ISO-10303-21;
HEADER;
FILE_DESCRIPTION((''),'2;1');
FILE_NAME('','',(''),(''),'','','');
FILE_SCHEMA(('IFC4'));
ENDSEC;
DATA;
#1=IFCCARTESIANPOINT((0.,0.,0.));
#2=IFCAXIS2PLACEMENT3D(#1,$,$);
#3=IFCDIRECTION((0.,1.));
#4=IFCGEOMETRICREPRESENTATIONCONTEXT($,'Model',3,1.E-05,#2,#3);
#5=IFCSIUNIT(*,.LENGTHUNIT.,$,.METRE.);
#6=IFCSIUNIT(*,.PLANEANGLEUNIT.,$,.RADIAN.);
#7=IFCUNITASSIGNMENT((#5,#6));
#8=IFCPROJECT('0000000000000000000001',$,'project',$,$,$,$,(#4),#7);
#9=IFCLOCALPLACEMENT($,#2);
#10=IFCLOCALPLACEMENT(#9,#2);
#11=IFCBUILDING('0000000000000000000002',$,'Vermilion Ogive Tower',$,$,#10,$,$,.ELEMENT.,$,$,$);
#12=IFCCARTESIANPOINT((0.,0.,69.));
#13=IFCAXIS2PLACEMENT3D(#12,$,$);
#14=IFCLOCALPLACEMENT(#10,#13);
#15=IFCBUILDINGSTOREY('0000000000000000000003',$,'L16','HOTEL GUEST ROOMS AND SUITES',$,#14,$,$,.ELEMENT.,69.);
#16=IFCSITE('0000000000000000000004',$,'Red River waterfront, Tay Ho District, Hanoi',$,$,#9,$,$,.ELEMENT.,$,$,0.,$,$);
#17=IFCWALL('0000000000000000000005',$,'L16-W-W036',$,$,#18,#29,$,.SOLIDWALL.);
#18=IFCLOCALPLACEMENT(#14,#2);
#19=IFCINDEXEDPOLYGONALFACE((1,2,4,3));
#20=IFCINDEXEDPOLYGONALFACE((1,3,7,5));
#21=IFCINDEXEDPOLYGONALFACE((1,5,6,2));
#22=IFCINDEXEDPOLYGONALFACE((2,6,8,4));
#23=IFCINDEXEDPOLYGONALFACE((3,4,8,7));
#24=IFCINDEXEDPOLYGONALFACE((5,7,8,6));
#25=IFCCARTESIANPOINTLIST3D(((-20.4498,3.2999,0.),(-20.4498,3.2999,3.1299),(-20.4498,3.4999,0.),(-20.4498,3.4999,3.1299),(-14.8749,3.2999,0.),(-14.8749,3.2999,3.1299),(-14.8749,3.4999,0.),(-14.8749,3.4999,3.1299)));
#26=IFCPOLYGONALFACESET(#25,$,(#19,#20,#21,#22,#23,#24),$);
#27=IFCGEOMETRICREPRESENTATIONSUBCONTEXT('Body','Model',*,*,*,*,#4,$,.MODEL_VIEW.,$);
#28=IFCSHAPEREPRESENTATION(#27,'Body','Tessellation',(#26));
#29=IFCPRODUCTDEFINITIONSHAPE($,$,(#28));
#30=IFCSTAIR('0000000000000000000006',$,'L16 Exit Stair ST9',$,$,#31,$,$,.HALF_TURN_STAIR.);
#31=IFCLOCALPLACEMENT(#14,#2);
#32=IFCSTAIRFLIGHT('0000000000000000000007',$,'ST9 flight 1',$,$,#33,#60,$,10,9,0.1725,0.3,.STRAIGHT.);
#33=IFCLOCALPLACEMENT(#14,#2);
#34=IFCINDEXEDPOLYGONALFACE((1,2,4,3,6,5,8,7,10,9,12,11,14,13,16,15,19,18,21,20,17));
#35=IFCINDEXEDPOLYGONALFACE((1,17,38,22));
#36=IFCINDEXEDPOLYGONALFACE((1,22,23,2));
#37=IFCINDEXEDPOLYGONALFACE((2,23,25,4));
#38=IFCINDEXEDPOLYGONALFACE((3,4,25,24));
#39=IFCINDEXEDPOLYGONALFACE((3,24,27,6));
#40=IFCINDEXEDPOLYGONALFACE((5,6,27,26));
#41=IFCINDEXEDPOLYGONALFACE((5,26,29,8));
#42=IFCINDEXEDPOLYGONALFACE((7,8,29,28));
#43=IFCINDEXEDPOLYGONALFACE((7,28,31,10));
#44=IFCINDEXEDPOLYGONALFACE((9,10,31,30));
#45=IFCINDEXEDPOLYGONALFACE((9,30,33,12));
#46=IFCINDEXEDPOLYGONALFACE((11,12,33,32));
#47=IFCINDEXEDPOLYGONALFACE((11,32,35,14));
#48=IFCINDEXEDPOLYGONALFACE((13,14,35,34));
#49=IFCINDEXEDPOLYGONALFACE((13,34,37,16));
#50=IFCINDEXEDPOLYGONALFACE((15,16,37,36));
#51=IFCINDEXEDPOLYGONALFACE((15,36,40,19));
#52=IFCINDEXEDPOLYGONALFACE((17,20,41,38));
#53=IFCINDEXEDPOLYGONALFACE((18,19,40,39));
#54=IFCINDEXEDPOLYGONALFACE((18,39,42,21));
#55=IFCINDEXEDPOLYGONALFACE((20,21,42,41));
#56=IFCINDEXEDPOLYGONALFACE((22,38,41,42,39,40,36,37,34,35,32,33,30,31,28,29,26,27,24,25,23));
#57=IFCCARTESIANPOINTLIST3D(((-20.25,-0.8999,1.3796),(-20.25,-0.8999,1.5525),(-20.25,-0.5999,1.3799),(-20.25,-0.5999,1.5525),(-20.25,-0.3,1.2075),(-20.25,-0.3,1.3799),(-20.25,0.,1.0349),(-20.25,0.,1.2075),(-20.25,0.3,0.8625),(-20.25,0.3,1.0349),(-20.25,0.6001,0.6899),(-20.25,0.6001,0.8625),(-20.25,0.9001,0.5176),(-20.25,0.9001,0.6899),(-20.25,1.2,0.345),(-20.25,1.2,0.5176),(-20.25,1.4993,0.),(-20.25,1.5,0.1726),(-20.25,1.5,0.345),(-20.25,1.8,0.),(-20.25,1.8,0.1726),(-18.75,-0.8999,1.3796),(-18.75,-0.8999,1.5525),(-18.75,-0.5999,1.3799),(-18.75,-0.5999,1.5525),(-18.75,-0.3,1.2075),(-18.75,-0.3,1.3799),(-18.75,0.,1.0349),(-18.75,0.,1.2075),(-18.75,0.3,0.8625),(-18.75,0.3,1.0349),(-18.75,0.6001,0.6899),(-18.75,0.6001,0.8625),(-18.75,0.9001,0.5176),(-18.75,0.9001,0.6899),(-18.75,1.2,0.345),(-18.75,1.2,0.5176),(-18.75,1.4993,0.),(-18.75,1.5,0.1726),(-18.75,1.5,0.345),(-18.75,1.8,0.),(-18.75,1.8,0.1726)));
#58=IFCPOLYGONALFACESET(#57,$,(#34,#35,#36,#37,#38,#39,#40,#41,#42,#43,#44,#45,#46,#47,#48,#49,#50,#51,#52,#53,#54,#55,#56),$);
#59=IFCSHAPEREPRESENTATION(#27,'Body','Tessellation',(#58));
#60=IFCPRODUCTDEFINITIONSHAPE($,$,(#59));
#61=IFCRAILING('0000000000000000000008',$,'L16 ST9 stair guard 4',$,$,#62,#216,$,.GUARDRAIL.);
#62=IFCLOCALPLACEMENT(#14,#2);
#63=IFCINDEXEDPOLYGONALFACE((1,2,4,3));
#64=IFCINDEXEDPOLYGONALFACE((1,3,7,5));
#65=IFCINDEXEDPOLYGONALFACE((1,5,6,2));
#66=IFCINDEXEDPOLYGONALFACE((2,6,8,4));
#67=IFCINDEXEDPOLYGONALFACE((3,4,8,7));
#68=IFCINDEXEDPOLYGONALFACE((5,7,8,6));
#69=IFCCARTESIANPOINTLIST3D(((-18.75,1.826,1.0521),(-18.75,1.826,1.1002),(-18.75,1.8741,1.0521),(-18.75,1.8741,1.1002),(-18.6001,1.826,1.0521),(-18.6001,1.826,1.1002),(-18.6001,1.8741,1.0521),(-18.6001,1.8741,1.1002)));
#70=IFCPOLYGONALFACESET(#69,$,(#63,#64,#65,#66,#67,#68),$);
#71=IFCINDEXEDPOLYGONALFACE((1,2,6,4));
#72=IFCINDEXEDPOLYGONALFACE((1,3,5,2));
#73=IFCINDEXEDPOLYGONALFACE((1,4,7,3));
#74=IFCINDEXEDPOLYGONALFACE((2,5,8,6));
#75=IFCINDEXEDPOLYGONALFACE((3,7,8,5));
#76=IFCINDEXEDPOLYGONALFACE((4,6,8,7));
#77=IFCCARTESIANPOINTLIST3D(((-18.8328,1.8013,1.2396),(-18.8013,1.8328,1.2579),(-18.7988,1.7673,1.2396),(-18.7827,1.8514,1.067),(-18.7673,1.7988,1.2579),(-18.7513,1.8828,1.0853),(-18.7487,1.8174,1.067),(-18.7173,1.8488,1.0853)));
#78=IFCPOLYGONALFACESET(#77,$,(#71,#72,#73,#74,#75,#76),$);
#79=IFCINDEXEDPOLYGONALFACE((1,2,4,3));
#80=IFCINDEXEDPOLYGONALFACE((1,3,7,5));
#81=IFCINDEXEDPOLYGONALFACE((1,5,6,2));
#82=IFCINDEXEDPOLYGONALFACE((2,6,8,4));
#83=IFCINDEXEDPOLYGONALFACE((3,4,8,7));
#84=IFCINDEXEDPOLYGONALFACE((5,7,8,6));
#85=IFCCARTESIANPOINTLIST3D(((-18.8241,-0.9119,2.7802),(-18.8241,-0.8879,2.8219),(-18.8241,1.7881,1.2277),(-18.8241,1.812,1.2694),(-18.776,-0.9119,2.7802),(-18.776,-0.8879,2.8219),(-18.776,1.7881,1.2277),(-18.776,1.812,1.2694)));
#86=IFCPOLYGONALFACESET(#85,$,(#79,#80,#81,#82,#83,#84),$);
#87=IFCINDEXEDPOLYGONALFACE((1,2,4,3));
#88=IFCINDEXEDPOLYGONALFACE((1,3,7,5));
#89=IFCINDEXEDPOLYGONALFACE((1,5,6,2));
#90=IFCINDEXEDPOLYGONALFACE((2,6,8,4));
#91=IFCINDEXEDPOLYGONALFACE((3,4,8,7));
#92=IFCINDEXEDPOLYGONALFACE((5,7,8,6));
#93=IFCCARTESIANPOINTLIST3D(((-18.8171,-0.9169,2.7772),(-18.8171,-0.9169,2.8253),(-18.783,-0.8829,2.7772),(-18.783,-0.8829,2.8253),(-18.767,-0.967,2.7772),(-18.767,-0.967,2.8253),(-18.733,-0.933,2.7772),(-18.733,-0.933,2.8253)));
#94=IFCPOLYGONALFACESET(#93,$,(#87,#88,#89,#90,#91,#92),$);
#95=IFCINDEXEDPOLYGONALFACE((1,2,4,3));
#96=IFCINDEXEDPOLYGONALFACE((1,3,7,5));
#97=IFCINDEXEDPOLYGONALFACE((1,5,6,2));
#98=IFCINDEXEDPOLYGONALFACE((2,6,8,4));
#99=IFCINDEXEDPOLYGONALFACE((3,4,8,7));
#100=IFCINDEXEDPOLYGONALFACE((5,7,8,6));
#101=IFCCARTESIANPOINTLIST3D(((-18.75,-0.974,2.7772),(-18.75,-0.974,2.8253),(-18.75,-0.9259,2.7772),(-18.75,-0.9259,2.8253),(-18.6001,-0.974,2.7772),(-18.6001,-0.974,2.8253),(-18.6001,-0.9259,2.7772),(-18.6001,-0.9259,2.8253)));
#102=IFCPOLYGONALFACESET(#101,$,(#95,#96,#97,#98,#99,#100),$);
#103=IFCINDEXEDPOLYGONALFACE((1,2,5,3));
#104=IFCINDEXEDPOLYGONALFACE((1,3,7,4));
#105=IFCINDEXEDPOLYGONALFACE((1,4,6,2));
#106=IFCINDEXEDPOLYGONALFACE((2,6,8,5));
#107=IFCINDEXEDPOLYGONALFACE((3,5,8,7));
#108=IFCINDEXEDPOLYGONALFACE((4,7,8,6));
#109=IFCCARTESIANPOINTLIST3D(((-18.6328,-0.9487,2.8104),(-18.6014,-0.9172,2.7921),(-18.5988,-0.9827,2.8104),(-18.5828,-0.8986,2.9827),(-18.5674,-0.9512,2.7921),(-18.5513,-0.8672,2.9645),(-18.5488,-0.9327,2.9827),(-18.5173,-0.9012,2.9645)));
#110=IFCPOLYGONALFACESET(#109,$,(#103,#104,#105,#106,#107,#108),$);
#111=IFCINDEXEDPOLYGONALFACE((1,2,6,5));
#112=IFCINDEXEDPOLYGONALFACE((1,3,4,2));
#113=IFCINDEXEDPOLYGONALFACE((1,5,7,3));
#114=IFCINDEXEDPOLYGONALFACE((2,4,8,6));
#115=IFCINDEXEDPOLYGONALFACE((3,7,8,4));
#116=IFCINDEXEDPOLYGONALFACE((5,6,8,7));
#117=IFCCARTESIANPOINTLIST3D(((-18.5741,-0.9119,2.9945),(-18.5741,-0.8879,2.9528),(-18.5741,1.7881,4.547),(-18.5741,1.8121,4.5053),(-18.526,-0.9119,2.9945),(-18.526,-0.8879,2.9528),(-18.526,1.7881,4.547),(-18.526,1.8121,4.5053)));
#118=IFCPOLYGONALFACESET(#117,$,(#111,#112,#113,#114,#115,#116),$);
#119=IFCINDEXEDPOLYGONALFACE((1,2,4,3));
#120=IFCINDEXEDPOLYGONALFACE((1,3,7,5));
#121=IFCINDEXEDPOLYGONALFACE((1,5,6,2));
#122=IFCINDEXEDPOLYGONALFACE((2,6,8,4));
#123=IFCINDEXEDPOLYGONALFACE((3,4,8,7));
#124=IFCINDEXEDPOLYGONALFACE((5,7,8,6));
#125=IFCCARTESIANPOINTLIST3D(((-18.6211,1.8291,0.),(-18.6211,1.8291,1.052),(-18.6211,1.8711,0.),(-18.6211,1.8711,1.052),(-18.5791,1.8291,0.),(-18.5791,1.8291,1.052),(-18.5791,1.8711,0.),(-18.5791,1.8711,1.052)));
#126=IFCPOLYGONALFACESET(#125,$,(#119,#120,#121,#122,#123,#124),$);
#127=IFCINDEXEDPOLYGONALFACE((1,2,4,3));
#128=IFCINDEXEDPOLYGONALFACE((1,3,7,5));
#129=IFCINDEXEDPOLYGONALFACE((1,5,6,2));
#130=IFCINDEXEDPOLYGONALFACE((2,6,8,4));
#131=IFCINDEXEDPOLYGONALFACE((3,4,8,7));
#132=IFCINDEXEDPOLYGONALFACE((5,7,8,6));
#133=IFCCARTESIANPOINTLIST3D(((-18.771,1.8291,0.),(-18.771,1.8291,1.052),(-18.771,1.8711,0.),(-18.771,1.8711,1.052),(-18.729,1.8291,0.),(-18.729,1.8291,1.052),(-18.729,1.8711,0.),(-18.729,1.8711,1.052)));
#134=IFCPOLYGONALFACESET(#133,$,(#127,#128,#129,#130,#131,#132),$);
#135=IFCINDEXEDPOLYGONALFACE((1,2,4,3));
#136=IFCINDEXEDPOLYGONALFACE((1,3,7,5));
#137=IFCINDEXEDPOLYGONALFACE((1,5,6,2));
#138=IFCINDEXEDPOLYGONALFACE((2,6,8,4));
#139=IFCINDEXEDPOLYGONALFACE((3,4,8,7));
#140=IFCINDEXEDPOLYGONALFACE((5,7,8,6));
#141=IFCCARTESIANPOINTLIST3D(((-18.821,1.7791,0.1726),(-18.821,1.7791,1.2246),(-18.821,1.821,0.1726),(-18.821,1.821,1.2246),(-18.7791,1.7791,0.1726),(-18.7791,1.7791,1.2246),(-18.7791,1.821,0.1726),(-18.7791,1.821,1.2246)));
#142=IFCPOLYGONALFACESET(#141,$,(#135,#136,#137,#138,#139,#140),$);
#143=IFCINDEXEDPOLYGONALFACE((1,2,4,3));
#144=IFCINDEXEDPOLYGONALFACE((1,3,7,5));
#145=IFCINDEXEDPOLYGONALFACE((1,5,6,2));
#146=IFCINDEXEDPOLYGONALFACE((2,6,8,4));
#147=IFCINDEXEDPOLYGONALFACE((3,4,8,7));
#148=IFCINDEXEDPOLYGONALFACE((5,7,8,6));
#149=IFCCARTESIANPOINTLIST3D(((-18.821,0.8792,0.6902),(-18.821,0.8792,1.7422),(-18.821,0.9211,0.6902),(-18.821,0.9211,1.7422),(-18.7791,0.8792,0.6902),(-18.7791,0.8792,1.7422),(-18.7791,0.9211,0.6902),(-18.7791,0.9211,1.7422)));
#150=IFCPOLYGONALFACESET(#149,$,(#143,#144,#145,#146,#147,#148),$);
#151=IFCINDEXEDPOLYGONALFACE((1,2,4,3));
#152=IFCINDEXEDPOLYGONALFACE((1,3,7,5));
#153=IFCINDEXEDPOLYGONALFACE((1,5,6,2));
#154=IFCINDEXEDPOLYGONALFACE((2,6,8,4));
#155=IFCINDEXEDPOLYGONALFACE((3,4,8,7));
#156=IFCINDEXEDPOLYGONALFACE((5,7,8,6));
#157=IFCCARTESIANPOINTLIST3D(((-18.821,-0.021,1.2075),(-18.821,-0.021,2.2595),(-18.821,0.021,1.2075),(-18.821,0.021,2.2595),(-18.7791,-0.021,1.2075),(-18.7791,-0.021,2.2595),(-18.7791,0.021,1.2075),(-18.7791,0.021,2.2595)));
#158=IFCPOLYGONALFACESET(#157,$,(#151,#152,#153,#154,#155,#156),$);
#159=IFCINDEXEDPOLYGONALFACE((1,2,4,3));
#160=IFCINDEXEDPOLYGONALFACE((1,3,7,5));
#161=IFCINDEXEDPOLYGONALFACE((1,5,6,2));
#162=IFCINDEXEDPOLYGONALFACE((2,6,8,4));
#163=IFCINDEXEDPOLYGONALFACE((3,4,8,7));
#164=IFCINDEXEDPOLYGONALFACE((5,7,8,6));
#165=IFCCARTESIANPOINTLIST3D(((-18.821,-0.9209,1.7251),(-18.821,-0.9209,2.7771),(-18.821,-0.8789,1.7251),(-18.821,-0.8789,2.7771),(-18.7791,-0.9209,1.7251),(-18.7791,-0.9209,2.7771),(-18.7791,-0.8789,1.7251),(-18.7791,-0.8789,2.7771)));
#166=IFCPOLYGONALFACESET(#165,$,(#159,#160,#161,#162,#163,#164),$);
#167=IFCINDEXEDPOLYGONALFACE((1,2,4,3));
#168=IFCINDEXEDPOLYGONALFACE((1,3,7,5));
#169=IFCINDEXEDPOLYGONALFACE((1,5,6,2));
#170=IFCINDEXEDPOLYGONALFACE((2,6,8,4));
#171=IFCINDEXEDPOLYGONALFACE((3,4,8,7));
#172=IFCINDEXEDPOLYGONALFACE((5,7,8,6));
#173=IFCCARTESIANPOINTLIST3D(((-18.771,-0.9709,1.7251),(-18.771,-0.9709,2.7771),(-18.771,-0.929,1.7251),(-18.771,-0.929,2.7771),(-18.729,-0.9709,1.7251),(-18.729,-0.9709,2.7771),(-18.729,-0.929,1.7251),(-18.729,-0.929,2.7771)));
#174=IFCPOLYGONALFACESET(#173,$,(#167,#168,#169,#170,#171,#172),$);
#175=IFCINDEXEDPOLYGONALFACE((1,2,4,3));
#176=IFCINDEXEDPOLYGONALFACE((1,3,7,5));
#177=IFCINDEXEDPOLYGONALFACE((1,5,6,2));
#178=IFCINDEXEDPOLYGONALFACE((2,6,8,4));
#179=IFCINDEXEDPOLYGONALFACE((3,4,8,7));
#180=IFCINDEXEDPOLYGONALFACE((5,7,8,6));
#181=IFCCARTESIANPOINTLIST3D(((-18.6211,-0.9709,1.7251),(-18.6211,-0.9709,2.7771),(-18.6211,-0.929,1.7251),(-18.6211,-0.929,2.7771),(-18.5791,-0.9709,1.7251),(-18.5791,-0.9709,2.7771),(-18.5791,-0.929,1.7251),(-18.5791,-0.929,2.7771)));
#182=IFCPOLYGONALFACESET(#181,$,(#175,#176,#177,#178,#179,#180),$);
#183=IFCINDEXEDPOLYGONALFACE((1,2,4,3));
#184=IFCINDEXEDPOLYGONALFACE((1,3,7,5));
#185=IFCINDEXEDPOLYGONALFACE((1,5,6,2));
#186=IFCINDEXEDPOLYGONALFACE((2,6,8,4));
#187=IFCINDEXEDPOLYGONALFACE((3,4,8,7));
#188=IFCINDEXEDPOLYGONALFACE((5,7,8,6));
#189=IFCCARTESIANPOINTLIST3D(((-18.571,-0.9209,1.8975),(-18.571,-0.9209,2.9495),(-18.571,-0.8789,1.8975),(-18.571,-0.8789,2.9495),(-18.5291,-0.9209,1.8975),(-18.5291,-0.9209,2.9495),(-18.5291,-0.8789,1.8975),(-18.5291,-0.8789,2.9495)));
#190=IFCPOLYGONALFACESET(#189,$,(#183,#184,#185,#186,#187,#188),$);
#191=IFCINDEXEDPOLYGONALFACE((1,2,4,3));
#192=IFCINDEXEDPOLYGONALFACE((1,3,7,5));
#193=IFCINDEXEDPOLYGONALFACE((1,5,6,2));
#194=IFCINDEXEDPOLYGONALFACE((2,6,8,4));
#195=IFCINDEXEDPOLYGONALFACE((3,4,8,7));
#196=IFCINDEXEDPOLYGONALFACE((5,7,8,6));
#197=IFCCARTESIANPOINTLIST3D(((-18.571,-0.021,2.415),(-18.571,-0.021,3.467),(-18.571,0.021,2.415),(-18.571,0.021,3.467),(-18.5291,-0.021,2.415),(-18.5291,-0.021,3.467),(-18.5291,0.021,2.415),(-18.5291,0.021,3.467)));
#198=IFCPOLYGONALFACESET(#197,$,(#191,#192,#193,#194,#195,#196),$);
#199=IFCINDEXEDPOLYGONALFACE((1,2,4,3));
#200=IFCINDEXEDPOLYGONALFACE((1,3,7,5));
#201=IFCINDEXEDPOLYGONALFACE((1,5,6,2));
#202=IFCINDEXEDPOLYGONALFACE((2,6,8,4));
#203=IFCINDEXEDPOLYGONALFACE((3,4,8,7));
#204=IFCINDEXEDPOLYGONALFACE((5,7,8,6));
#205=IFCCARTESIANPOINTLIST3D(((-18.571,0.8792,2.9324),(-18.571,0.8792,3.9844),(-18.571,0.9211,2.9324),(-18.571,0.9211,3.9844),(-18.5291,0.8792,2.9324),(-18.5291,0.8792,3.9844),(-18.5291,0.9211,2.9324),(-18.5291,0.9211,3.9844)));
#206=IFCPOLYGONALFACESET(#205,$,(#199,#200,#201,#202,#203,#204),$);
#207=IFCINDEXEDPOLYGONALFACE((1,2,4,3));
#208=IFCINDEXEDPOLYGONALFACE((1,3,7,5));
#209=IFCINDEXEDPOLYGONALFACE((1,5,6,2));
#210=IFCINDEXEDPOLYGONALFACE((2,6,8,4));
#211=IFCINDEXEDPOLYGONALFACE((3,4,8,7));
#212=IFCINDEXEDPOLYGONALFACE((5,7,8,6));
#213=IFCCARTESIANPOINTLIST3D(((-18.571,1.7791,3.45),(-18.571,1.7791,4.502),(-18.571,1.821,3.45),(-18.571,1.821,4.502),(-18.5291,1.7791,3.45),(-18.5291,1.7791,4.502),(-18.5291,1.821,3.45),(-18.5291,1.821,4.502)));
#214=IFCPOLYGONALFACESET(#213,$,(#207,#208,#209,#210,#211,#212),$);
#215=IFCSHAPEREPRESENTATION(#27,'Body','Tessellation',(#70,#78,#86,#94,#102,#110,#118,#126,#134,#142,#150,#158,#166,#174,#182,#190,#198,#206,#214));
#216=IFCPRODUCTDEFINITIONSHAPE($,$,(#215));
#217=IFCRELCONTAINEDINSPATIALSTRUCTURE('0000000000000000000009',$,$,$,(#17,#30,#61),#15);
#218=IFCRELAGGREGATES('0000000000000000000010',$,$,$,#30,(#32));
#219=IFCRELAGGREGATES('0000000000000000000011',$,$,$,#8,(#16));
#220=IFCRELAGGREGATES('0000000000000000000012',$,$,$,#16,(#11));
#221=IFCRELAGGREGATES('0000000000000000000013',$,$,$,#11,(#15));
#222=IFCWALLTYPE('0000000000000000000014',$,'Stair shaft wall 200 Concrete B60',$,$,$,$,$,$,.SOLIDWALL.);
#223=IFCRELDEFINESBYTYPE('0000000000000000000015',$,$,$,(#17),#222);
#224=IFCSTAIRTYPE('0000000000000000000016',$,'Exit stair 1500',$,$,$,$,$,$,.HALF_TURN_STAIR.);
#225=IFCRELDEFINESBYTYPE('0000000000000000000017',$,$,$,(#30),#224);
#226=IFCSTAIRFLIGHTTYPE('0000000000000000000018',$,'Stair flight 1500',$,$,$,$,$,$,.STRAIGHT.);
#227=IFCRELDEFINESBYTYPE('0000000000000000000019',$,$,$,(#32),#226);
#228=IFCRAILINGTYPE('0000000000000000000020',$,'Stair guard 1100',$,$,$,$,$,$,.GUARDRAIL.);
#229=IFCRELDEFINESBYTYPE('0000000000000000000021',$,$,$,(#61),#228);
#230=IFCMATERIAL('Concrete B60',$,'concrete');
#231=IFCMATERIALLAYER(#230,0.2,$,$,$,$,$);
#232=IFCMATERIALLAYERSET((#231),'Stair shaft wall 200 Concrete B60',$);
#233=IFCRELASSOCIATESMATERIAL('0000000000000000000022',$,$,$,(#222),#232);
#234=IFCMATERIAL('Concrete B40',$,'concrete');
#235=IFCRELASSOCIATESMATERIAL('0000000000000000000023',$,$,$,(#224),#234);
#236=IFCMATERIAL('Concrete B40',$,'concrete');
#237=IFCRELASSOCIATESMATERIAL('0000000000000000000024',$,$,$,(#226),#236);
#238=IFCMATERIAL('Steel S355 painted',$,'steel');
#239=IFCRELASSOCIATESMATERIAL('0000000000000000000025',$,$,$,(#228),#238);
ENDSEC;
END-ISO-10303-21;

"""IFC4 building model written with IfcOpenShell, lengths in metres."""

from ifc_helpers import new_model, si_unit, direction, frame, frame_2d, origin, origin_2d, place, context, subcontext, project, spatial, polyline, rectangle, outline, extrude, material, layer, layer_set, type_object, element, aggregate, save


model = new_model("IFC4")

# Units and contexts
model_context = context("Model", 3, precision=1e-05, world=origin(), true_north=direction((0.0, 1.0)))
body_context = subcontext(model_context, "Body", "Model", "MODEL_VIEW")
ifc_project = project(units=[si_unit("LENGTHUNIT", "METRE"), si_unit("PLANEANGLEUNIT", "RADIAN")], contexts=[model_context])

# Site, building, storey
site_placement = place(None, origin())
site = spatial("IfcSite", under=ifc_project, at=site_placement, Name="Red River waterfront, Tay Ho District, Hanoi", CompositionType="ELEMENT", RefElevation=0.0)
building_placement = place(site_placement, origin())
building = spatial("IfcBuilding", under=site, at=building_placement, Name="Vermilion Ogive Tower", CompositionType="ELEMENT")
storey_placement = place(building_placement, frame((0.0, 0.0, 69.0)))
storey = spatial("IfcBuildingStorey", under=building, at=storey_placement, Name="L16", Description="HOTEL GUEST ROOMS AND SUITES", CompositionType="ELEMENT", Elevation=69.0)

# Wall
ifc_material_1 = material(Name="Concrete B60", Category="concrete")
ifc_layer_1 = layer(ifc_material_1, 0.2)
ifc_layer_set_1 = layer_set([ifc_layer_1], Name="Stair shaft wall 200 Concrete B60")
wall_type_1 = type_object("IfcWallType", Name="Stair shaft wall 200 Concrete B60", PredefinedType="SOLIDWALL", material=ifc_layer_set_1)
wall_1_placement = place(storey_placement, frame((-20.45, 3.3999, 0.0), z_axis=(0.0, 0.0, 1.0), x_axis=(1.0, 0.0, 0.0)))
element("IfcWall", 1, at=wall_1_placement, inside=storey, type_object=wall_type_1, Name="L16-W-W036", PredefinedType="SOLIDWALL", context=body_context, shape_type="SweptSolid", body=[
    extrude(rectangle(XDim=5.575, YDim=0.2, at=frame_2d((2.7876, 0.0))), origin(), (0.0, 0.0, 1.0), 3.1299),
])

# Stair, stair flight
ifc_material_2 = material(Name="Concrete B40", Category="concrete")
stair_type = type_object("IfcStairType", Name="Exit stair 1500", PredefinedType="HALF_TURN_STAIR", material=ifc_material_2)
stair_placement = place(storey_placement, origin())
stair = element("IfcStair", 2, at=stair_placement, inside=storey, type_object=stair_type, Name="L16 Exit Stair ST9", PredefinedType="HALF_TURN_STAIR")
ifc_material_3 = material(Name="Concrete B40", Category="concrete")
stair_flight_type = type_object("IfcStairFlightType", Name="Stair flight 1500", PredefinedType="STRAIGHT", material=ifc_material_3)
stair_flight_placement = place(storey_placement, frame((-19.5, 1.8, 0.0), z_axis=(0.0, 0.0, 1.0), x_axis=(0.0, -1.0, 0.0)))
stair_flight = element("IfcStairFlight", 3, at=stair_flight_placement, type_object=stair_flight_type, Name="ST9 flight 1", NumberOfRisers=10, NumberOfTreads=9, PredefinedType="STRAIGHT", RiserHeight=0.1725, TreadLength=0.3, context=body_context, shape_type="SweptSolid", body=[
    extrude(outline(polyline([(0.0, 0.0), (0.0, 0.1726), (0.3, 0.1726), (0.3, 0.345), (0.6001, 0.345), (0.6001, 0.5176), (0.8999, 0.5176), (0.8999, 0.6899), (1.2, 0.6899), (1.2, 0.8625), (1.5, 0.8625), (1.5, 1.0349), (1.8, 1.0349), (1.8, 1.2075), (2.1001, 1.2075), (2.1001, 1.3799), (2.3999, 1.3799), (2.3999, 1.5525), (2.7, 1.5525), (2.7, 1.7251), (2.7, 1.3796), (0.3008, 0.0), (0.0, 0.0)])), frame((0.0, 0.75, 0.0), z_axis=(0.0, -1.0, 0.0), x_axis=(1.0, 0.0, 0.0)), (0.0, 0.0, 1.0), 1.5),
])
aggregate(stair, [stair_flight])

# Railing
ifc_material_4 = material(Name="Steel S355 painted", Category="steel")
railing_type_1 = type_object("IfcRailingType", Name="Stair guard 1100", PredefinedType="GUARDRAIL", material=ifc_material_4)
railing_1_placement = place(storey_placement, frame((-18.6001, 1.8501, 0.0)))
element("IfcRailing", 4, at=railing_1_placement, inside=storey, type_object=railing_type_1, Name="L16 ST9 stair guard 4", PredefinedType="GUARDRAIL", context=body_context, shape_type="SweptSolid", body=[
    extrude(rectangle(XDim=0.0481, YDim=0.0481, at=origin_2d()), frame((0.0, 0.0, 1.0762), z_axis=(-1.0, 0.0, 0.0), x_axis=(0.0, -1.0, 0.0)), (0.0, 0.0, 1.0), 0.1499),
    extrude(rectangle(XDim=0.0481, YDim=0.0481, at=origin_2d()), frame((-0.1499, 0.0, 1.0762), z_axis=(-0.268278, -0.268278, 0.925232), x_axis=(0.707107, -0.707107, 0.0)), (0.0, 0.0, 1.0), 0.1865),
    extrude(rectangle(XDim=0.0481, YDim=0.0481, at=origin_2d()), frame((-0.2, -0.05, 1.2485), z_axis=(0.0, -0.866904, 0.498476), x_axis=(1.0, 0.0, 0.0)), (0.0, 0.0, 1.0), 3.1145),
    extrude(rectangle(XDim=0.0481, YDim=0.0481, at=origin_2d()), frame((-0.2, -2.75, 2.8013), z_axis=(0.707107, -0.707107, 0.0), x_axis=(0.707107, 0.707107, 0.0)), (0.0, 0.0, 1.0), 0.0708),
    extrude(rectangle(XDim=0.0481, YDim=0.0481, at=origin_2d()), frame((-0.1499, -2.8, 2.8013), z_axis=(1.0, 0.0, 0.0), x_axis=(0.0, 1.0, 0.0)), (0.0, 0.0, 1.0), 0.1499),
    extrude(rectangle(XDim=0.0481, YDim=0.0481, at=origin_2d()), frame((0.0, -2.8, 2.8013), z_axis=(0.268603, 0.268603, 0.925043), x_axis=(-0.707107, 0.707107, 0.0)), (0.0, 0.0, 1.0), 0.1863),
    extrude(rectangle(XDim=0.0481, YDim=0.0481, at=origin_2d()), frame((0.05, -2.75, 2.9736), z_axis=(0.0, 0.866904, 0.498476), x_axis=(-1.0, 0.0, 0.0)), (0.0, 0.0, 1.0), 3.1145),
    extrude(rectangle(XDim=0.042, YDim=0.042, at=origin_2d()), origin(), (0.0, 0.0, 1.0), 1.052),
    extrude(rectangle(XDim=0.042, YDim=0.042, at=origin_2d()), frame((-0.1499, 0.0, 0.0)), (0.0, 0.0, 1.0), 1.052),
    extrude(rectangle(XDim=0.042, YDim=0.042, at=origin_2d()), frame((-0.2, -0.05, 0.1726)), (0.0, 0.0, 1.0), 1.052),
    extrude(rectangle(XDim=0.042, YDim=0.042, at=origin_2d()), frame((-0.2, -0.95, 0.6902)), (0.0, 0.0, 1.0), 1.052),
    extrude(rectangle(XDim=0.042, YDim=0.042, at=origin_2d()), frame((-0.2, -1.8501, 1.2075)), (0.0, 0.0, 1.0), 1.052),
    extrude(rectangle(XDim=0.042, YDim=0.042, at=origin_2d()), frame((-0.2, -2.75, 1.7251)), (0.0, 0.0, 1.0), 1.052),
    extrude(rectangle(XDim=0.042, YDim=0.042, at=origin_2d()), frame((-0.1499, -2.8, 1.7251)), (0.0, 0.0, 1.0), 1.052),
    extrude(rectangle(XDim=0.042, YDim=0.042, at=origin_2d()), frame((0.0, -2.8, 1.7251)), (0.0, 0.0, 1.0), 1.052),
    extrude(rectangle(XDim=0.042, YDim=0.042, at=origin_2d()), frame((0.05, -2.75, 1.8975)), (0.0, 0.0, 1.0), 1.052),
    extrude(rectangle(XDim=0.042, YDim=0.042, at=origin_2d()), frame((0.05, -1.8501, 2.415)), (0.0, 0.0, 1.0), 1.052),
    extrude(rectangle(XDim=0.042, YDim=0.042, at=origin_2d()), frame((0.05, -0.95, 2.9324)), (0.0, 0.0, 1.0), 1.052),
    extrude(rectangle(XDim=0.042, YDim=0.042, at=origin_2d()), frame((0.05, -0.05, 3.45)), (0.0, 0.0, 1.0), 1.052),
])

save(model, "model.ifc")
